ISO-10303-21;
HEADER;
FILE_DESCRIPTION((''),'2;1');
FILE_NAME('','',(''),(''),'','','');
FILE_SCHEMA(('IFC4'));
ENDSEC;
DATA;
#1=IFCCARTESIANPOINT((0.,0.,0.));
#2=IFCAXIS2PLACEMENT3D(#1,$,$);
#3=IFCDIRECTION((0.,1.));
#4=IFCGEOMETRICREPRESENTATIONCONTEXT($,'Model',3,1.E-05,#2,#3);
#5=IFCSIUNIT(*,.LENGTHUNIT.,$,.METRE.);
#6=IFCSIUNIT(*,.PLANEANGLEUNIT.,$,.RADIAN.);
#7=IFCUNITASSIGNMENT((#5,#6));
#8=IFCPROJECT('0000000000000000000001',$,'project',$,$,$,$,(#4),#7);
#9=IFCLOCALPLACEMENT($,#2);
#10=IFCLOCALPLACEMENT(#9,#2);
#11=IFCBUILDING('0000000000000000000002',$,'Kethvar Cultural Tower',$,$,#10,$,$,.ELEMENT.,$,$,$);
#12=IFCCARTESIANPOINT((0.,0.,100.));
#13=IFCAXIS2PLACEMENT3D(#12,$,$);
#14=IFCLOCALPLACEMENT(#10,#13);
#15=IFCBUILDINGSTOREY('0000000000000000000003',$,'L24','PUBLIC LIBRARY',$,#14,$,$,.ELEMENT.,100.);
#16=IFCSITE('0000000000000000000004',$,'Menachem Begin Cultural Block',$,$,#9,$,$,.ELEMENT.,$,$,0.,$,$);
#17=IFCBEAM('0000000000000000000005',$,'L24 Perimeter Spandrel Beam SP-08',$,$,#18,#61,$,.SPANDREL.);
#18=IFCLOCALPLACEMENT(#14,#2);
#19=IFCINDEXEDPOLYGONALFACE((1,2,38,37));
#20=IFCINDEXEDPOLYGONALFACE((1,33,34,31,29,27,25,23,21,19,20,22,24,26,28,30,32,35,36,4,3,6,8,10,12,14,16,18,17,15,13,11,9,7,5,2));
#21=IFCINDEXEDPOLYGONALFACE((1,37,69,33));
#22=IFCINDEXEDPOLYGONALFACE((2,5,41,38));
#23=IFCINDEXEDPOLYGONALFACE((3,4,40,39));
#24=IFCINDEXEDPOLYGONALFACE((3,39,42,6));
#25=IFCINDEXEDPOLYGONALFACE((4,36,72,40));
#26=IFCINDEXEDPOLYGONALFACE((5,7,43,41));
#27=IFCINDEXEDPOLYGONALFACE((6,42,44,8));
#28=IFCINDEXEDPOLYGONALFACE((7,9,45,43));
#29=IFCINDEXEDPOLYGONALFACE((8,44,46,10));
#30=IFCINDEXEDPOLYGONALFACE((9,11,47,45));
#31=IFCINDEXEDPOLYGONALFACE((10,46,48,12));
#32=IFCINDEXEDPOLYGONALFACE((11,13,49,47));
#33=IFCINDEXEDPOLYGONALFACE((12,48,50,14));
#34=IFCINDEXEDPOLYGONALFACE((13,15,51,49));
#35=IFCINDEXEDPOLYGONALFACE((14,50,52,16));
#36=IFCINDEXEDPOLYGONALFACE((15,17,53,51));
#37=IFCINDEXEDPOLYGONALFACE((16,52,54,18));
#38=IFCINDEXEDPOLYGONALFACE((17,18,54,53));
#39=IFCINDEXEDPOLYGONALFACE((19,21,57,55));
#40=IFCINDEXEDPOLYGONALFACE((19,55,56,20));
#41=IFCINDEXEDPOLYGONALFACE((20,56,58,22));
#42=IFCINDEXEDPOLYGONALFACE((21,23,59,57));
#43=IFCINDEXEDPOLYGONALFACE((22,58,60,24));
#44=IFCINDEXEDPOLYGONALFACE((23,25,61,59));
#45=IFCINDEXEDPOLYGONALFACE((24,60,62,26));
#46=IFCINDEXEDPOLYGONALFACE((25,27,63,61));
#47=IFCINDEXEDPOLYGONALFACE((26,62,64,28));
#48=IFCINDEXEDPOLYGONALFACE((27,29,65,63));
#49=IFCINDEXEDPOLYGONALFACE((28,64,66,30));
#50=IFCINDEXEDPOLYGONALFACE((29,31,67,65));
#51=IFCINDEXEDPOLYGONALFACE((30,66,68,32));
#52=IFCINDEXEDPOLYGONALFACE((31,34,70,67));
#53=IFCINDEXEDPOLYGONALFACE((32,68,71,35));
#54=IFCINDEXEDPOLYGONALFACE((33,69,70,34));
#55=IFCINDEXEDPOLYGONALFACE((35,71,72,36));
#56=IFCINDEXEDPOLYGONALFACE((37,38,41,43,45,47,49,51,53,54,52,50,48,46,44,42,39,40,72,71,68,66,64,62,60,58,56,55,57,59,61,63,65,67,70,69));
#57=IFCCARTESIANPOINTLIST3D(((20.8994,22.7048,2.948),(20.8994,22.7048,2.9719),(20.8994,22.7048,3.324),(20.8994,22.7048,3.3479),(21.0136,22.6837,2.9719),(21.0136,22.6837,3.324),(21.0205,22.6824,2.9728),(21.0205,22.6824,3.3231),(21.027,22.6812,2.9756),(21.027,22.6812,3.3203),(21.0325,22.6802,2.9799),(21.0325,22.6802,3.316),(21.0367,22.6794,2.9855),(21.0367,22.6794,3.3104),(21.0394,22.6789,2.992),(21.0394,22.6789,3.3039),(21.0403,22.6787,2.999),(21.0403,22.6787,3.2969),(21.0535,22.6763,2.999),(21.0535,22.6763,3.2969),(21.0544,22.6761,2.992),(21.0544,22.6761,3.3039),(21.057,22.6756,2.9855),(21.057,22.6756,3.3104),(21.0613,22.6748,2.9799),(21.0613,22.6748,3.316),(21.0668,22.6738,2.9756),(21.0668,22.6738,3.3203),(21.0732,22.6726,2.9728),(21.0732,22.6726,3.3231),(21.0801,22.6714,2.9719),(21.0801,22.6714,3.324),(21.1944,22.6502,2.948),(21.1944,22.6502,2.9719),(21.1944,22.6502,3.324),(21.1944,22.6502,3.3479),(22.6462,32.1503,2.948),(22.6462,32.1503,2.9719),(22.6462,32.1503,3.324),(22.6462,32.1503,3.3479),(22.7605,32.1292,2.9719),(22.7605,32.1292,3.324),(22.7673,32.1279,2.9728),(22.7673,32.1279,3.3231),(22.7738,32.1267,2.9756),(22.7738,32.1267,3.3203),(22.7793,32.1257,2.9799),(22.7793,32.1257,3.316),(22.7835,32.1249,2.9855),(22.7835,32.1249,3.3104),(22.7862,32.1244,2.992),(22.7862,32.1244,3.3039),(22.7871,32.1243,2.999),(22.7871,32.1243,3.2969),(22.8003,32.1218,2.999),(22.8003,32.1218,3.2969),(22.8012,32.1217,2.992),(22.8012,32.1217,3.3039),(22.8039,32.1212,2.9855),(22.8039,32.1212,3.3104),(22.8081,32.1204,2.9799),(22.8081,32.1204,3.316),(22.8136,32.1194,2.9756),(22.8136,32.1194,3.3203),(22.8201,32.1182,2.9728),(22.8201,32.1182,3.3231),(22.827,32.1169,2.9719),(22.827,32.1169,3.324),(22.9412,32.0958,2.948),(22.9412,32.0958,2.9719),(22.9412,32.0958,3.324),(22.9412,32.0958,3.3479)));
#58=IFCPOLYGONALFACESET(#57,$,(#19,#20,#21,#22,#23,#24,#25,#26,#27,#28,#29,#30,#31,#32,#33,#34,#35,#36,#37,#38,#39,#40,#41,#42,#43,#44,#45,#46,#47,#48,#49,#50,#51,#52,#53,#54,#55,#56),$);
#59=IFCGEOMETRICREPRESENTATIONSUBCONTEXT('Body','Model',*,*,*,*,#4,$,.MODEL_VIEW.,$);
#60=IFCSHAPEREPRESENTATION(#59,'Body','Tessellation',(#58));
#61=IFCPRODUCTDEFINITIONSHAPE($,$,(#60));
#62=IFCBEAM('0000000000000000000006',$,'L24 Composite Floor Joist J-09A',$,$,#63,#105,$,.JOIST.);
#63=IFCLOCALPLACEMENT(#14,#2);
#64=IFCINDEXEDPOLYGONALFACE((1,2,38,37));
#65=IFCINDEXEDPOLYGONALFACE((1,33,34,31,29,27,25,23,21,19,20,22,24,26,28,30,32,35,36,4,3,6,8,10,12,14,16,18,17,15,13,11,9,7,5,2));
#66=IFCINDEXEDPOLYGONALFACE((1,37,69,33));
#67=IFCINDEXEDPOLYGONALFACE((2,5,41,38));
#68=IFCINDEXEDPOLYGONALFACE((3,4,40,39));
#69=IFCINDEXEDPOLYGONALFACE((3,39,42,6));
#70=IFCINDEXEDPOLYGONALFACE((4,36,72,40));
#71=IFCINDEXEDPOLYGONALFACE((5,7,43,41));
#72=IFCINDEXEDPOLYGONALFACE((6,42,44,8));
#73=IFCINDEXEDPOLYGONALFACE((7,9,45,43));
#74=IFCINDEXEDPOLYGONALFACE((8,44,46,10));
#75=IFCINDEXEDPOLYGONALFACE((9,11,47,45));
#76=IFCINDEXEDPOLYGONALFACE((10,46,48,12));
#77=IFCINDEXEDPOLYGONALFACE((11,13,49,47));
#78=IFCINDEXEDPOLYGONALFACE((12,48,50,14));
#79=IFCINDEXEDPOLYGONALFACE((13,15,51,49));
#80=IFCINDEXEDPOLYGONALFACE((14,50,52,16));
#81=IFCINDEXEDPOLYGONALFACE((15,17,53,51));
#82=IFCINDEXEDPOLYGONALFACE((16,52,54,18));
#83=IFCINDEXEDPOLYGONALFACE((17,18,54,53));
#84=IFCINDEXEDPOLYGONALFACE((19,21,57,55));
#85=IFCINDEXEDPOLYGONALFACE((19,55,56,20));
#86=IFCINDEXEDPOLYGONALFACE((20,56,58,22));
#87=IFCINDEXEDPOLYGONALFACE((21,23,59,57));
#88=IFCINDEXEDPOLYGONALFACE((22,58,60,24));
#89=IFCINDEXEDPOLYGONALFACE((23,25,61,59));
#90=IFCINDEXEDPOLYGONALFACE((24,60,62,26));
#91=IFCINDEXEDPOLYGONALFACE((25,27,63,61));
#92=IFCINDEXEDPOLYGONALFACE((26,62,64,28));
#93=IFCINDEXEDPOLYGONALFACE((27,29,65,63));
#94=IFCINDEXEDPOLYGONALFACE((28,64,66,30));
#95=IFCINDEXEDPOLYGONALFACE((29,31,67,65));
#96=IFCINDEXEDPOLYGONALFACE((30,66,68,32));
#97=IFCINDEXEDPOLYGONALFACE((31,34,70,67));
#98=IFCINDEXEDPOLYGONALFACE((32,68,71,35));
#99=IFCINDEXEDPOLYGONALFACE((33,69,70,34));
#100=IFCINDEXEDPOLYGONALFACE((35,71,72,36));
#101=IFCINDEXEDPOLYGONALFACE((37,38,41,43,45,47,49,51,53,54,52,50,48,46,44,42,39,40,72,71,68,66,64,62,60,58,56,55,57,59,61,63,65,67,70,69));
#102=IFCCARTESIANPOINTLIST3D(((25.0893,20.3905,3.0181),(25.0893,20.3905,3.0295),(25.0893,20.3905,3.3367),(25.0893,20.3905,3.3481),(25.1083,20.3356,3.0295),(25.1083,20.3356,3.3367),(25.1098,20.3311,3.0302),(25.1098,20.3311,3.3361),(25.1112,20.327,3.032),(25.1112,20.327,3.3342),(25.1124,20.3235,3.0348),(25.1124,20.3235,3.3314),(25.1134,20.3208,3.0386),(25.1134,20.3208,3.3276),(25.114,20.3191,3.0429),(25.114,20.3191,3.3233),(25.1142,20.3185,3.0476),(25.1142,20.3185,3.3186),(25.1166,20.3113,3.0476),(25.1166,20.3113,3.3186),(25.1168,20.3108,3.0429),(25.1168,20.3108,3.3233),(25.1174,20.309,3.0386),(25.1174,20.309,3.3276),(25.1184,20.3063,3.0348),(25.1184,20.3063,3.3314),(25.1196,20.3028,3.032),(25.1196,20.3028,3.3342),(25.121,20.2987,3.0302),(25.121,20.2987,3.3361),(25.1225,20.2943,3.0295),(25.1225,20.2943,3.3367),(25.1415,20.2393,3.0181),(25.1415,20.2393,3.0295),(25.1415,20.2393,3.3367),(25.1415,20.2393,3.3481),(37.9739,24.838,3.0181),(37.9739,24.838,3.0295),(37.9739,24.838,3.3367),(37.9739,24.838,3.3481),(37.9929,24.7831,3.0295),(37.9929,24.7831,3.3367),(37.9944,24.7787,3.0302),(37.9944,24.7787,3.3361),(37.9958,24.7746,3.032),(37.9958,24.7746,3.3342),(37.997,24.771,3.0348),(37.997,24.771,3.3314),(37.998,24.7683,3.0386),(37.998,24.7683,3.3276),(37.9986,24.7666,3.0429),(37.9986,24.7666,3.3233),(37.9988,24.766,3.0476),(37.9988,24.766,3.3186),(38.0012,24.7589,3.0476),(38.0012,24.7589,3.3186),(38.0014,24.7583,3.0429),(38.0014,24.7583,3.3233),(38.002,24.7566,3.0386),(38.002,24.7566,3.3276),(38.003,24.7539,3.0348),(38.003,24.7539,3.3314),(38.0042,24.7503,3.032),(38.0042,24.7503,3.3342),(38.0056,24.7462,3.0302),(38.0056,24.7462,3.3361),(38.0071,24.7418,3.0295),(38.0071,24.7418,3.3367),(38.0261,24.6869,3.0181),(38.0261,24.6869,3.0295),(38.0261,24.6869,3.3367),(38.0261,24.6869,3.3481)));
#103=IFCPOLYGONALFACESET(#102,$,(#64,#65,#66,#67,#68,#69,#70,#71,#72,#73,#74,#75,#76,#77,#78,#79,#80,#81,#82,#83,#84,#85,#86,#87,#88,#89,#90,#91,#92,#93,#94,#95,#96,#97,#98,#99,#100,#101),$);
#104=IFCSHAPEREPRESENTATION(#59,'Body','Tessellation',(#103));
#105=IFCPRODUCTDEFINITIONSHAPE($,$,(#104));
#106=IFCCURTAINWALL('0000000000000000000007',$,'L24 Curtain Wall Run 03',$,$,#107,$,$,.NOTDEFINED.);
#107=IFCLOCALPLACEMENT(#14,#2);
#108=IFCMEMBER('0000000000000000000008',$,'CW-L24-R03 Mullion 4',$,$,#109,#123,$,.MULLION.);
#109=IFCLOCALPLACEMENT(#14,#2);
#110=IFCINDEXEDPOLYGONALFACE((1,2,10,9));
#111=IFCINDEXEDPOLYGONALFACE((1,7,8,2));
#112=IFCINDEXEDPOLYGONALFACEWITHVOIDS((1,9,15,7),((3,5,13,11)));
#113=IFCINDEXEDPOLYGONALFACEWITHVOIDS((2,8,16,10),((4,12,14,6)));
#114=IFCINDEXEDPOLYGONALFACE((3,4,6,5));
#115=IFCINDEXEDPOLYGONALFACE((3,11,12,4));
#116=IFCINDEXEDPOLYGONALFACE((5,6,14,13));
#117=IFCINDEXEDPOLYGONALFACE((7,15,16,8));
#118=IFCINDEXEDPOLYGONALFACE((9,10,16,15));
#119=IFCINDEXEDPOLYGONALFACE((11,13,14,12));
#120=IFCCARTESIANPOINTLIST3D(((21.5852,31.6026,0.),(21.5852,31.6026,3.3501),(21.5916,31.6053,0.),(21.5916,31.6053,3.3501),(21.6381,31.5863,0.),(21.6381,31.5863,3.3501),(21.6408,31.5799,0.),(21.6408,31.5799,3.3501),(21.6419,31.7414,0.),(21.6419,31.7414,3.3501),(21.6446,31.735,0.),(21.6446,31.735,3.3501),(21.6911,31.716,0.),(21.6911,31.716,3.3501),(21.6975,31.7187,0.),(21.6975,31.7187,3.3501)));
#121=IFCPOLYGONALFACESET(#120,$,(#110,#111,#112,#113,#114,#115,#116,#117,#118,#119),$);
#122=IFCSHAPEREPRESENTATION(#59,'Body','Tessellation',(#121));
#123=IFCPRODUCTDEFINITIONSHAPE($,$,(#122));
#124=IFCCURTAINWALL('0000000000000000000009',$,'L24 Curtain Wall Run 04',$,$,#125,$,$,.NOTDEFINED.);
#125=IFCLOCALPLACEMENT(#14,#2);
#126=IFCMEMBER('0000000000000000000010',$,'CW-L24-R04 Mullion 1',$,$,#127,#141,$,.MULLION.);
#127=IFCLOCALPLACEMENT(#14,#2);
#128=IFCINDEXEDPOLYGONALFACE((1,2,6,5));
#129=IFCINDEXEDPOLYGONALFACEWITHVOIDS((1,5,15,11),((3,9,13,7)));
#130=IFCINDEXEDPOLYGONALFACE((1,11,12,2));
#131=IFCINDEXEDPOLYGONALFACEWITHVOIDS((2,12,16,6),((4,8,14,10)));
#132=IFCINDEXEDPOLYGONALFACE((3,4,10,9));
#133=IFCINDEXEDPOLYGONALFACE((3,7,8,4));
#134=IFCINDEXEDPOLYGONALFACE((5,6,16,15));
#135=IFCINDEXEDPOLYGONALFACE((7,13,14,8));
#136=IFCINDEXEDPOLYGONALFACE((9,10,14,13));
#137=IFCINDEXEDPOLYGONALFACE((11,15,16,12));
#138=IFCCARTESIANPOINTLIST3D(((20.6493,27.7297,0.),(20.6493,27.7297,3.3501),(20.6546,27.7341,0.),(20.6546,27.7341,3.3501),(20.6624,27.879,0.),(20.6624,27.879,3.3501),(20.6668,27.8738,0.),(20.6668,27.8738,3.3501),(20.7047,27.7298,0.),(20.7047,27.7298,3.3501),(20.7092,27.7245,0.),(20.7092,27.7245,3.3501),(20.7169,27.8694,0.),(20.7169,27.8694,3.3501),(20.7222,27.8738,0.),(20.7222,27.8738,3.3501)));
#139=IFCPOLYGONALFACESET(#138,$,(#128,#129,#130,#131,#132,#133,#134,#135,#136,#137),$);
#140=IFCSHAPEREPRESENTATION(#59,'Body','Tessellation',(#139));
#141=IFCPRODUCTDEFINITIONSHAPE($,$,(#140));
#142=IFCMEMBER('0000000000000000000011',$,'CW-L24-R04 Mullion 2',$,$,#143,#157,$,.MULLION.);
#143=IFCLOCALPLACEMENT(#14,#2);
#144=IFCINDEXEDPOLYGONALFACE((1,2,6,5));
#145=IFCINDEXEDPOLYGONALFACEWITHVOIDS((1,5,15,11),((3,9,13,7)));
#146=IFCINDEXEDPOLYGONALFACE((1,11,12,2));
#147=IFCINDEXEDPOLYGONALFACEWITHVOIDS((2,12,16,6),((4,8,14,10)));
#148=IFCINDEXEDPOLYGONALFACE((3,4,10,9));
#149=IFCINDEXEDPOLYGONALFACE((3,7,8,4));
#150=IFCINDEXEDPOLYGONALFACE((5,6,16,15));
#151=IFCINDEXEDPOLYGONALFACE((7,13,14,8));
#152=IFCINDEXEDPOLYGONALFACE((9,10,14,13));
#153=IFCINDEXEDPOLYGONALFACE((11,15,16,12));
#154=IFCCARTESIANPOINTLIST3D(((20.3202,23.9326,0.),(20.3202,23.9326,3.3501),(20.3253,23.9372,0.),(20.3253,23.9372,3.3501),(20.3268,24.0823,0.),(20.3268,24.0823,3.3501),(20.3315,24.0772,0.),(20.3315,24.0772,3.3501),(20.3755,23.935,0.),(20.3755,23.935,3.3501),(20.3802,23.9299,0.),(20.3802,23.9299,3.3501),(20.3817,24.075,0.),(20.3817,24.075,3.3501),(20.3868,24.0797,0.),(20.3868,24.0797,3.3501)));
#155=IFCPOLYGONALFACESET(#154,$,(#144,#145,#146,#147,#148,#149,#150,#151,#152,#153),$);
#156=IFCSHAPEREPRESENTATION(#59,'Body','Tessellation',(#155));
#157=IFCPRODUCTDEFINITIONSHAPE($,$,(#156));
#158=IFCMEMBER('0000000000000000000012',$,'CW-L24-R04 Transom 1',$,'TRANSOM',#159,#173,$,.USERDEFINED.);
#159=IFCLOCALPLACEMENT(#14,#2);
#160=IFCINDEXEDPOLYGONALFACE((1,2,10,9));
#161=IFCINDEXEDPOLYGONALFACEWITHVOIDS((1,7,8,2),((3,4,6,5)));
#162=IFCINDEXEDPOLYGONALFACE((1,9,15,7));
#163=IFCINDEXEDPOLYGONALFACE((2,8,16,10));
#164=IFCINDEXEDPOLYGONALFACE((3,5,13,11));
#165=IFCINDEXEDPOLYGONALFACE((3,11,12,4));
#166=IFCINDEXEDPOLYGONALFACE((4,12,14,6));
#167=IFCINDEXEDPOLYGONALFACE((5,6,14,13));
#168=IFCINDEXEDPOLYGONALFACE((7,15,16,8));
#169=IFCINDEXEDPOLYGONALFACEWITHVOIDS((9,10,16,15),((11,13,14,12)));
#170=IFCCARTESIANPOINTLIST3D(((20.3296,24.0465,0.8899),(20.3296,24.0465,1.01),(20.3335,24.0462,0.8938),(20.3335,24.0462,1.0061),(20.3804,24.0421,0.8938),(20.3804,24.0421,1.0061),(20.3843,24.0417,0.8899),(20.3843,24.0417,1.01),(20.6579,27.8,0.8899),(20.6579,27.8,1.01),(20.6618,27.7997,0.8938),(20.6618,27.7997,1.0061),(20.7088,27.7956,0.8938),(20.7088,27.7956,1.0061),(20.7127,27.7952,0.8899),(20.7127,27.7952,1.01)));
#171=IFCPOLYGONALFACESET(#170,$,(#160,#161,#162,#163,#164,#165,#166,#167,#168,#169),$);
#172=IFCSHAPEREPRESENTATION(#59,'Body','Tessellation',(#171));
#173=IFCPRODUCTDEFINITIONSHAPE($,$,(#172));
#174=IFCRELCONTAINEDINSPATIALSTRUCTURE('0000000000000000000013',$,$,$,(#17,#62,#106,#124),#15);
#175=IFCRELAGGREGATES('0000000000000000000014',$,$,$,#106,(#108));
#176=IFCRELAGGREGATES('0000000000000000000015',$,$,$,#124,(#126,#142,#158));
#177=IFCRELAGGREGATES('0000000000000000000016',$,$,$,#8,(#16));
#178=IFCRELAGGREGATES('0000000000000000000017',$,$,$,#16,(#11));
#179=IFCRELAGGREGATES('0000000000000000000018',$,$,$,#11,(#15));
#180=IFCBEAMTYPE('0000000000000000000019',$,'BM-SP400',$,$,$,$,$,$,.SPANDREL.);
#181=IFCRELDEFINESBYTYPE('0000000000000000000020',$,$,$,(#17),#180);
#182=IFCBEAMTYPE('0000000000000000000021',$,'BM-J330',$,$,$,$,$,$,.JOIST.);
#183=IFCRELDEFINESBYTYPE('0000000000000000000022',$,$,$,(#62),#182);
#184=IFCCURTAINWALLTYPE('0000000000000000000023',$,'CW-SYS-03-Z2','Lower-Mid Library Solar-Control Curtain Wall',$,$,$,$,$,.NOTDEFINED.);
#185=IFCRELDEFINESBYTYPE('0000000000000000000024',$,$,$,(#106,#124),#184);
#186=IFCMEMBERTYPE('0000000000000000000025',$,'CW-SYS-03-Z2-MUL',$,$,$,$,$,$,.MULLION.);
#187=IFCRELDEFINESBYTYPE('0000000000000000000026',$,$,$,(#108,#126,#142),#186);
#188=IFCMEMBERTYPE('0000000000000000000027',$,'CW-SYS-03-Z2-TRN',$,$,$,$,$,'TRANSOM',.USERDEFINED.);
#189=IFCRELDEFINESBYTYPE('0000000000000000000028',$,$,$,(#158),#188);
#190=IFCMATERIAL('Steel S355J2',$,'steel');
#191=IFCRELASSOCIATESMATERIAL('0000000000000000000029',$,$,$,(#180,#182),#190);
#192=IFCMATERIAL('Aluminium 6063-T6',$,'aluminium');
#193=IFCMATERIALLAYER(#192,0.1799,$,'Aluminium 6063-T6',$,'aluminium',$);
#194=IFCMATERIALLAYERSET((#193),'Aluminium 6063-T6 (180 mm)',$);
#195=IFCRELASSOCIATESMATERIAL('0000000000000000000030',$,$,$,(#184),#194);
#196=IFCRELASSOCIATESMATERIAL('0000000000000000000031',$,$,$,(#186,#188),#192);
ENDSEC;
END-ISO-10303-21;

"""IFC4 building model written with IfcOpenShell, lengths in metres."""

from ifc_helpers import new_model, si_unit, direction, frame, origin, origin_2d, place, context, subcontext, project, spatial, hollow_rectangle, i_section, extrude, source, transform, mapped, material, layer, layer_set, material_profile, profile_set, type_object, element, aggregate, save


model = new_model("IFC4")

# Units and contexts
model_context = context("Model", 3, precision=1e-05, world=origin(), true_north=direction((0.0, 1.0)))
body_context = subcontext(model_context, "Body", "Model", "MODEL_VIEW")
ifc_project = project(units=[si_unit("LENGTHUNIT", "METRE"), si_unit("PLANEANGLEUNIT", "RADIAN")], contexts=[model_context])

# Site, building, storey
site_placement = place(None, origin())
site = spatial("IfcSite", under=ifc_project, at=site_placement, Name="Menachem Begin Cultural Block", CompositionType="ELEMENT", RefElevation=0.0)
building_placement = place(site_placement, origin())
building = spatial("IfcBuilding", under=site, at=building_placement, Name="Kethvar Cultural Tower", CompositionType="ELEMENT")
storey_placement = place(building_placement, frame((0.0, 0.0, 100.0)))
storey = spatial("IfcBuildingStorey", under=building, at=storey_placement, Name="L24", Description="PUBLIC LIBRARY", CompositionType="ELEMENT", Elevation=100.0)

# Beams
ifc_material_1 = material(Name="Steel S355J2", Category="steel")
ifc_material_profile_1 = material_profile(ifc_material_1, i_section(OverallWidth=0.3, OverallDepth=0.3999, WebThickness=0.0134, FlangeThickness=0.0239, FilletRadius=0.0271, at=origin_2d()), Name="Steel S355J2 — HEB400")
ifc_profile_set_1 = profile_set([ifc_material_profile_1], Name="Steel S355J2 — HEB400")
beam_type_1 = type_object("IfcBeamType", Name="BM-SP400", PredefinedType="SPANDREL", material=ifc_profile_set_1)
shared_shape_1 = source(origin(), body_context, "Body", "SweptSolid", [
    extrude(i_section(OverallWidth=0.3, OverallDepth=0.3999, WebThickness=0.0134, FlangeThickness=0.0239, FilletRadius=0.0271, at=origin_2d()), origin(), (0.0, 0.0, 1.0), 9.6057),
])
beam_1_placement = place(storey_placement, frame((22.7937, 32.123, 3.1479), z_axis=(-0.181853, -0.983326, 0.0), x_axis=(0.983326, -0.181853, 0.0)))
element("IfcBeam", 1, at=beam_1_placement, inside=storey, type_object=beam_type_1, Name="L24 Perimeter Spandrel Beam SP-08", PredefinedType="SPANDREL", context=body_context, shape_type="MappedRepresentation", body=[
    mapped(shared_shape_1, transform((0.0, 0.0, 0.0), scale=1.0)),
])
ifc_material_profile_2 = material_profile(ifc_material_1, i_section(OverallWidth=0.1599, OverallDepth=0.3301, WebThickness=0.0076, FlangeThickness=0.0115, FilletRadius=0.0181, at=origin_2d()), Name="Steel S355J2 — IPE330")
ifc_profile_set_2 = profile_set([ifc_material_profile_2], Name="Steel S355J2 — IPE330")
beam_type_2 = type_object("IfcBeamType", Name="BM-J330", PredefinedType="JOIST", material=ifc_profile_set_2)
shared_shape_2 = source(origin(), body_context, "Body", "SweptSolid", [
    extrude(i_section(OverallWidth=0.1599, OverallDepth=0.3301, WebThickness=0.0076, FlangeThickness=0.0115, FilletRadius=0.0181, at=origin_2d()), origin(), (0.0, 0.0, 1.0), 13.6306),
])
beam_2_placement = place(storey_placement, frame((38.0, 24.7625, 3.1831), z_axis=(-0.94527, -0.32629, 0.0), x_axis=(0.32629, -0.94527, 0.0)))
element("IfcBeam", 2, at=beam_2_placement, inside=storey, type_object=beam_type_2, Name="L24 Composite Floor Joist J-09A", PredefinedType="JOIST", context=body_context, shape_type="MappedRepresentation", body=[
    mapped(shared_shape_2, transform((0.0, 0.0, 0.0), scale=1.0)),
])

# Curtain wall, member
ifc_material_2 = material(Name="Aluminium 6063-T6", Category="aluminium")
ifc_layer_1 = layer(ifc_material_2, 0.1799, Name="Aluminium 6063-T6", Category="aluminium")
ifc_layer_set_1 = layer_set([ifc_layer_1], Name="Aluminium 6063-T6 (180 mm)")
curtain_wall_type = type_object("IfcCurtainWallType", Name="CW-SYS-03-Z2", Description="Lower-Mid Library Solar-Control Curtain Wall", PredefinedType="NOTDEFINED", material=ifc_layer_set_1)
curtain_wall_1_placement = place(storey_placement, origin())
curtain_wall_1 = element("IfcCurtainWall", 3, at=curtain_wall_1_placement, inside=storey, type_object=curtain_wall_type, Name="L24 Curtain Wall Run 03", PredefinedType="NOTDEFINED")
ifc_material_profile_3 = material_profile(ifc_material_2, hollow_rectangle(XDim=0.0601, YDim=0.1499, WallThickness=0.0049, at=origin_2d()), Name="Aluminium 6063-T6 — RHS150x60x5")
ifc_profile_set_3 = profile_set([ifc_material_profile_3], Name="Aluminium 6063-T6 — RHS150x60x5")
member_type_1 = type_object("IfcMemberType", Name="CW-SYS-03-Z2-MUL", PredefinedType="MULLION", material=ifc_profile_set_3)
shared_shape_3 = source(origin(), body_context, "Body", "SweptSolid", [
    extrude(hollow_rectangle(XDim=0.0601, YDim=0.1499, WallThickness=0.0049, at=origin_2d()), origin(), (0.0, 0.0, 1.0), 3.3501),
])
member_1_placement = place(storey_placement, frame((21.6414, 31.6606, 0.0), z_axis=(0.0, 0.0, 1.0), x_axis=(0.925785, -0.378051, 0.0)))
member_1 = element("IfcMember", 4, at=member_1_placement, type_object=member_type_1, Name="CW-L24-R03 Mullion 4", PredefinedType="MULLION", context=body_context, shape_type="MappedRepresentation", body=[
    mapped(shared_shape_3, transform((0.0, 0.0, 0.0), scale=1.0)),
])

# Curtain wall, members
curtain_wall_2_placement = place(storey_placement, origin())
curtain_wall_2 = element("IfcCurtainWall", 5, at=curtain_wall_2_placement, inside=storey, type_object=curtain_wall_type, Name="L24 Curtain Wall Run 04", PredefinedType="NOTDEFINED")
member_2_placement = place(storey_placement, frame((20.6858, 27.8018, 0.0), z_axis=(0.0, 0.0, 1.0), x_axis=(0.996196, -0.087138, 0.0)))
member_2 = element("IfcMember", 6, at=member_2_placement, type_object=member_type_1, Name="CW-L24-R04 Mullion 1", PredefinedType="MULLION", context=body_context, shape_type="MappedRepresentation", body=[
    mapped(shared_shape_3, transform((0.0, 0.0, 0.0), scale=1.0)),
])
member_3_placement = place(storey_placement, frame((20.3535, 24.0061, 0.0), z_axis=(0.0, 0.0, 1.0), x_axis=(0.999022, -0.044212, 0.0)))
member_3 = element("IfcMember", 7, at=member_3_placement, type_object=member_type_1, Name="CW-L24-R04 Mullion 2", PredefinedType="MULLION", context=body_context, shape_type="MappedRepresentation", body=[
    mapped(shared_shape_3, transform((0.0, 0.0, 0.0), scale=1.0)),
])
ifc_material_profile_4 = material_profile(ifc_material_2, hollow_rectangle(XDim=0.0549, YDim=0.1201, WallThickness=0.0039, at=origin_2d()), Name="Aluminium 6063-T6 — RHS120x55x4")
ifc_profile_set_4 = profile_set([ifc_material_profile_4], Name="Aluminium 6063-T6 — RHS120x55x4")
member_type_2 = type_object("IfcMemberType", Name="CW-SYS-03-Z2-TRN", ElementType="TRANSOM", PredefinedType="USERDEFINED", material=ifc_profile_set_4)
shared_shape_4 = source(origin(), body_context, "Body", "SweptSolid", [
    extrude(hollow_rectangle(XDim=0.0549, YDim=0.1201, WallThickness=0.0039, at=origin_2d()), origin(), (0.0, 0.0, 1.0), 3.7678),
])
member_4_placement = place(storey_placement, frame((20.6853, 27.7976, 0.95), z_axis=(-0.087152, -0.996195, 0.0), x_axis=(0.996195, -0.087152, 0.0)))
member_4 = element("IfcMember", 8, at=member_4_placement, type_object=member_type_2, Name="CW-L24-R04 Transom 1", ObjectType="TRANSOM", PredefinedType="USERDEFINED", context=body_context, shape_type="MappedRepresentation", body=[
    mapped(shared_shape_4, transform((0.0, 0.0, 0.0), scale=1.0)),
])

aggregate(curtain_wall_1, [member_1])
aggregate(curtain_wall_2, [member_2, member_3, member_4])

save(model, "model.ifc")
